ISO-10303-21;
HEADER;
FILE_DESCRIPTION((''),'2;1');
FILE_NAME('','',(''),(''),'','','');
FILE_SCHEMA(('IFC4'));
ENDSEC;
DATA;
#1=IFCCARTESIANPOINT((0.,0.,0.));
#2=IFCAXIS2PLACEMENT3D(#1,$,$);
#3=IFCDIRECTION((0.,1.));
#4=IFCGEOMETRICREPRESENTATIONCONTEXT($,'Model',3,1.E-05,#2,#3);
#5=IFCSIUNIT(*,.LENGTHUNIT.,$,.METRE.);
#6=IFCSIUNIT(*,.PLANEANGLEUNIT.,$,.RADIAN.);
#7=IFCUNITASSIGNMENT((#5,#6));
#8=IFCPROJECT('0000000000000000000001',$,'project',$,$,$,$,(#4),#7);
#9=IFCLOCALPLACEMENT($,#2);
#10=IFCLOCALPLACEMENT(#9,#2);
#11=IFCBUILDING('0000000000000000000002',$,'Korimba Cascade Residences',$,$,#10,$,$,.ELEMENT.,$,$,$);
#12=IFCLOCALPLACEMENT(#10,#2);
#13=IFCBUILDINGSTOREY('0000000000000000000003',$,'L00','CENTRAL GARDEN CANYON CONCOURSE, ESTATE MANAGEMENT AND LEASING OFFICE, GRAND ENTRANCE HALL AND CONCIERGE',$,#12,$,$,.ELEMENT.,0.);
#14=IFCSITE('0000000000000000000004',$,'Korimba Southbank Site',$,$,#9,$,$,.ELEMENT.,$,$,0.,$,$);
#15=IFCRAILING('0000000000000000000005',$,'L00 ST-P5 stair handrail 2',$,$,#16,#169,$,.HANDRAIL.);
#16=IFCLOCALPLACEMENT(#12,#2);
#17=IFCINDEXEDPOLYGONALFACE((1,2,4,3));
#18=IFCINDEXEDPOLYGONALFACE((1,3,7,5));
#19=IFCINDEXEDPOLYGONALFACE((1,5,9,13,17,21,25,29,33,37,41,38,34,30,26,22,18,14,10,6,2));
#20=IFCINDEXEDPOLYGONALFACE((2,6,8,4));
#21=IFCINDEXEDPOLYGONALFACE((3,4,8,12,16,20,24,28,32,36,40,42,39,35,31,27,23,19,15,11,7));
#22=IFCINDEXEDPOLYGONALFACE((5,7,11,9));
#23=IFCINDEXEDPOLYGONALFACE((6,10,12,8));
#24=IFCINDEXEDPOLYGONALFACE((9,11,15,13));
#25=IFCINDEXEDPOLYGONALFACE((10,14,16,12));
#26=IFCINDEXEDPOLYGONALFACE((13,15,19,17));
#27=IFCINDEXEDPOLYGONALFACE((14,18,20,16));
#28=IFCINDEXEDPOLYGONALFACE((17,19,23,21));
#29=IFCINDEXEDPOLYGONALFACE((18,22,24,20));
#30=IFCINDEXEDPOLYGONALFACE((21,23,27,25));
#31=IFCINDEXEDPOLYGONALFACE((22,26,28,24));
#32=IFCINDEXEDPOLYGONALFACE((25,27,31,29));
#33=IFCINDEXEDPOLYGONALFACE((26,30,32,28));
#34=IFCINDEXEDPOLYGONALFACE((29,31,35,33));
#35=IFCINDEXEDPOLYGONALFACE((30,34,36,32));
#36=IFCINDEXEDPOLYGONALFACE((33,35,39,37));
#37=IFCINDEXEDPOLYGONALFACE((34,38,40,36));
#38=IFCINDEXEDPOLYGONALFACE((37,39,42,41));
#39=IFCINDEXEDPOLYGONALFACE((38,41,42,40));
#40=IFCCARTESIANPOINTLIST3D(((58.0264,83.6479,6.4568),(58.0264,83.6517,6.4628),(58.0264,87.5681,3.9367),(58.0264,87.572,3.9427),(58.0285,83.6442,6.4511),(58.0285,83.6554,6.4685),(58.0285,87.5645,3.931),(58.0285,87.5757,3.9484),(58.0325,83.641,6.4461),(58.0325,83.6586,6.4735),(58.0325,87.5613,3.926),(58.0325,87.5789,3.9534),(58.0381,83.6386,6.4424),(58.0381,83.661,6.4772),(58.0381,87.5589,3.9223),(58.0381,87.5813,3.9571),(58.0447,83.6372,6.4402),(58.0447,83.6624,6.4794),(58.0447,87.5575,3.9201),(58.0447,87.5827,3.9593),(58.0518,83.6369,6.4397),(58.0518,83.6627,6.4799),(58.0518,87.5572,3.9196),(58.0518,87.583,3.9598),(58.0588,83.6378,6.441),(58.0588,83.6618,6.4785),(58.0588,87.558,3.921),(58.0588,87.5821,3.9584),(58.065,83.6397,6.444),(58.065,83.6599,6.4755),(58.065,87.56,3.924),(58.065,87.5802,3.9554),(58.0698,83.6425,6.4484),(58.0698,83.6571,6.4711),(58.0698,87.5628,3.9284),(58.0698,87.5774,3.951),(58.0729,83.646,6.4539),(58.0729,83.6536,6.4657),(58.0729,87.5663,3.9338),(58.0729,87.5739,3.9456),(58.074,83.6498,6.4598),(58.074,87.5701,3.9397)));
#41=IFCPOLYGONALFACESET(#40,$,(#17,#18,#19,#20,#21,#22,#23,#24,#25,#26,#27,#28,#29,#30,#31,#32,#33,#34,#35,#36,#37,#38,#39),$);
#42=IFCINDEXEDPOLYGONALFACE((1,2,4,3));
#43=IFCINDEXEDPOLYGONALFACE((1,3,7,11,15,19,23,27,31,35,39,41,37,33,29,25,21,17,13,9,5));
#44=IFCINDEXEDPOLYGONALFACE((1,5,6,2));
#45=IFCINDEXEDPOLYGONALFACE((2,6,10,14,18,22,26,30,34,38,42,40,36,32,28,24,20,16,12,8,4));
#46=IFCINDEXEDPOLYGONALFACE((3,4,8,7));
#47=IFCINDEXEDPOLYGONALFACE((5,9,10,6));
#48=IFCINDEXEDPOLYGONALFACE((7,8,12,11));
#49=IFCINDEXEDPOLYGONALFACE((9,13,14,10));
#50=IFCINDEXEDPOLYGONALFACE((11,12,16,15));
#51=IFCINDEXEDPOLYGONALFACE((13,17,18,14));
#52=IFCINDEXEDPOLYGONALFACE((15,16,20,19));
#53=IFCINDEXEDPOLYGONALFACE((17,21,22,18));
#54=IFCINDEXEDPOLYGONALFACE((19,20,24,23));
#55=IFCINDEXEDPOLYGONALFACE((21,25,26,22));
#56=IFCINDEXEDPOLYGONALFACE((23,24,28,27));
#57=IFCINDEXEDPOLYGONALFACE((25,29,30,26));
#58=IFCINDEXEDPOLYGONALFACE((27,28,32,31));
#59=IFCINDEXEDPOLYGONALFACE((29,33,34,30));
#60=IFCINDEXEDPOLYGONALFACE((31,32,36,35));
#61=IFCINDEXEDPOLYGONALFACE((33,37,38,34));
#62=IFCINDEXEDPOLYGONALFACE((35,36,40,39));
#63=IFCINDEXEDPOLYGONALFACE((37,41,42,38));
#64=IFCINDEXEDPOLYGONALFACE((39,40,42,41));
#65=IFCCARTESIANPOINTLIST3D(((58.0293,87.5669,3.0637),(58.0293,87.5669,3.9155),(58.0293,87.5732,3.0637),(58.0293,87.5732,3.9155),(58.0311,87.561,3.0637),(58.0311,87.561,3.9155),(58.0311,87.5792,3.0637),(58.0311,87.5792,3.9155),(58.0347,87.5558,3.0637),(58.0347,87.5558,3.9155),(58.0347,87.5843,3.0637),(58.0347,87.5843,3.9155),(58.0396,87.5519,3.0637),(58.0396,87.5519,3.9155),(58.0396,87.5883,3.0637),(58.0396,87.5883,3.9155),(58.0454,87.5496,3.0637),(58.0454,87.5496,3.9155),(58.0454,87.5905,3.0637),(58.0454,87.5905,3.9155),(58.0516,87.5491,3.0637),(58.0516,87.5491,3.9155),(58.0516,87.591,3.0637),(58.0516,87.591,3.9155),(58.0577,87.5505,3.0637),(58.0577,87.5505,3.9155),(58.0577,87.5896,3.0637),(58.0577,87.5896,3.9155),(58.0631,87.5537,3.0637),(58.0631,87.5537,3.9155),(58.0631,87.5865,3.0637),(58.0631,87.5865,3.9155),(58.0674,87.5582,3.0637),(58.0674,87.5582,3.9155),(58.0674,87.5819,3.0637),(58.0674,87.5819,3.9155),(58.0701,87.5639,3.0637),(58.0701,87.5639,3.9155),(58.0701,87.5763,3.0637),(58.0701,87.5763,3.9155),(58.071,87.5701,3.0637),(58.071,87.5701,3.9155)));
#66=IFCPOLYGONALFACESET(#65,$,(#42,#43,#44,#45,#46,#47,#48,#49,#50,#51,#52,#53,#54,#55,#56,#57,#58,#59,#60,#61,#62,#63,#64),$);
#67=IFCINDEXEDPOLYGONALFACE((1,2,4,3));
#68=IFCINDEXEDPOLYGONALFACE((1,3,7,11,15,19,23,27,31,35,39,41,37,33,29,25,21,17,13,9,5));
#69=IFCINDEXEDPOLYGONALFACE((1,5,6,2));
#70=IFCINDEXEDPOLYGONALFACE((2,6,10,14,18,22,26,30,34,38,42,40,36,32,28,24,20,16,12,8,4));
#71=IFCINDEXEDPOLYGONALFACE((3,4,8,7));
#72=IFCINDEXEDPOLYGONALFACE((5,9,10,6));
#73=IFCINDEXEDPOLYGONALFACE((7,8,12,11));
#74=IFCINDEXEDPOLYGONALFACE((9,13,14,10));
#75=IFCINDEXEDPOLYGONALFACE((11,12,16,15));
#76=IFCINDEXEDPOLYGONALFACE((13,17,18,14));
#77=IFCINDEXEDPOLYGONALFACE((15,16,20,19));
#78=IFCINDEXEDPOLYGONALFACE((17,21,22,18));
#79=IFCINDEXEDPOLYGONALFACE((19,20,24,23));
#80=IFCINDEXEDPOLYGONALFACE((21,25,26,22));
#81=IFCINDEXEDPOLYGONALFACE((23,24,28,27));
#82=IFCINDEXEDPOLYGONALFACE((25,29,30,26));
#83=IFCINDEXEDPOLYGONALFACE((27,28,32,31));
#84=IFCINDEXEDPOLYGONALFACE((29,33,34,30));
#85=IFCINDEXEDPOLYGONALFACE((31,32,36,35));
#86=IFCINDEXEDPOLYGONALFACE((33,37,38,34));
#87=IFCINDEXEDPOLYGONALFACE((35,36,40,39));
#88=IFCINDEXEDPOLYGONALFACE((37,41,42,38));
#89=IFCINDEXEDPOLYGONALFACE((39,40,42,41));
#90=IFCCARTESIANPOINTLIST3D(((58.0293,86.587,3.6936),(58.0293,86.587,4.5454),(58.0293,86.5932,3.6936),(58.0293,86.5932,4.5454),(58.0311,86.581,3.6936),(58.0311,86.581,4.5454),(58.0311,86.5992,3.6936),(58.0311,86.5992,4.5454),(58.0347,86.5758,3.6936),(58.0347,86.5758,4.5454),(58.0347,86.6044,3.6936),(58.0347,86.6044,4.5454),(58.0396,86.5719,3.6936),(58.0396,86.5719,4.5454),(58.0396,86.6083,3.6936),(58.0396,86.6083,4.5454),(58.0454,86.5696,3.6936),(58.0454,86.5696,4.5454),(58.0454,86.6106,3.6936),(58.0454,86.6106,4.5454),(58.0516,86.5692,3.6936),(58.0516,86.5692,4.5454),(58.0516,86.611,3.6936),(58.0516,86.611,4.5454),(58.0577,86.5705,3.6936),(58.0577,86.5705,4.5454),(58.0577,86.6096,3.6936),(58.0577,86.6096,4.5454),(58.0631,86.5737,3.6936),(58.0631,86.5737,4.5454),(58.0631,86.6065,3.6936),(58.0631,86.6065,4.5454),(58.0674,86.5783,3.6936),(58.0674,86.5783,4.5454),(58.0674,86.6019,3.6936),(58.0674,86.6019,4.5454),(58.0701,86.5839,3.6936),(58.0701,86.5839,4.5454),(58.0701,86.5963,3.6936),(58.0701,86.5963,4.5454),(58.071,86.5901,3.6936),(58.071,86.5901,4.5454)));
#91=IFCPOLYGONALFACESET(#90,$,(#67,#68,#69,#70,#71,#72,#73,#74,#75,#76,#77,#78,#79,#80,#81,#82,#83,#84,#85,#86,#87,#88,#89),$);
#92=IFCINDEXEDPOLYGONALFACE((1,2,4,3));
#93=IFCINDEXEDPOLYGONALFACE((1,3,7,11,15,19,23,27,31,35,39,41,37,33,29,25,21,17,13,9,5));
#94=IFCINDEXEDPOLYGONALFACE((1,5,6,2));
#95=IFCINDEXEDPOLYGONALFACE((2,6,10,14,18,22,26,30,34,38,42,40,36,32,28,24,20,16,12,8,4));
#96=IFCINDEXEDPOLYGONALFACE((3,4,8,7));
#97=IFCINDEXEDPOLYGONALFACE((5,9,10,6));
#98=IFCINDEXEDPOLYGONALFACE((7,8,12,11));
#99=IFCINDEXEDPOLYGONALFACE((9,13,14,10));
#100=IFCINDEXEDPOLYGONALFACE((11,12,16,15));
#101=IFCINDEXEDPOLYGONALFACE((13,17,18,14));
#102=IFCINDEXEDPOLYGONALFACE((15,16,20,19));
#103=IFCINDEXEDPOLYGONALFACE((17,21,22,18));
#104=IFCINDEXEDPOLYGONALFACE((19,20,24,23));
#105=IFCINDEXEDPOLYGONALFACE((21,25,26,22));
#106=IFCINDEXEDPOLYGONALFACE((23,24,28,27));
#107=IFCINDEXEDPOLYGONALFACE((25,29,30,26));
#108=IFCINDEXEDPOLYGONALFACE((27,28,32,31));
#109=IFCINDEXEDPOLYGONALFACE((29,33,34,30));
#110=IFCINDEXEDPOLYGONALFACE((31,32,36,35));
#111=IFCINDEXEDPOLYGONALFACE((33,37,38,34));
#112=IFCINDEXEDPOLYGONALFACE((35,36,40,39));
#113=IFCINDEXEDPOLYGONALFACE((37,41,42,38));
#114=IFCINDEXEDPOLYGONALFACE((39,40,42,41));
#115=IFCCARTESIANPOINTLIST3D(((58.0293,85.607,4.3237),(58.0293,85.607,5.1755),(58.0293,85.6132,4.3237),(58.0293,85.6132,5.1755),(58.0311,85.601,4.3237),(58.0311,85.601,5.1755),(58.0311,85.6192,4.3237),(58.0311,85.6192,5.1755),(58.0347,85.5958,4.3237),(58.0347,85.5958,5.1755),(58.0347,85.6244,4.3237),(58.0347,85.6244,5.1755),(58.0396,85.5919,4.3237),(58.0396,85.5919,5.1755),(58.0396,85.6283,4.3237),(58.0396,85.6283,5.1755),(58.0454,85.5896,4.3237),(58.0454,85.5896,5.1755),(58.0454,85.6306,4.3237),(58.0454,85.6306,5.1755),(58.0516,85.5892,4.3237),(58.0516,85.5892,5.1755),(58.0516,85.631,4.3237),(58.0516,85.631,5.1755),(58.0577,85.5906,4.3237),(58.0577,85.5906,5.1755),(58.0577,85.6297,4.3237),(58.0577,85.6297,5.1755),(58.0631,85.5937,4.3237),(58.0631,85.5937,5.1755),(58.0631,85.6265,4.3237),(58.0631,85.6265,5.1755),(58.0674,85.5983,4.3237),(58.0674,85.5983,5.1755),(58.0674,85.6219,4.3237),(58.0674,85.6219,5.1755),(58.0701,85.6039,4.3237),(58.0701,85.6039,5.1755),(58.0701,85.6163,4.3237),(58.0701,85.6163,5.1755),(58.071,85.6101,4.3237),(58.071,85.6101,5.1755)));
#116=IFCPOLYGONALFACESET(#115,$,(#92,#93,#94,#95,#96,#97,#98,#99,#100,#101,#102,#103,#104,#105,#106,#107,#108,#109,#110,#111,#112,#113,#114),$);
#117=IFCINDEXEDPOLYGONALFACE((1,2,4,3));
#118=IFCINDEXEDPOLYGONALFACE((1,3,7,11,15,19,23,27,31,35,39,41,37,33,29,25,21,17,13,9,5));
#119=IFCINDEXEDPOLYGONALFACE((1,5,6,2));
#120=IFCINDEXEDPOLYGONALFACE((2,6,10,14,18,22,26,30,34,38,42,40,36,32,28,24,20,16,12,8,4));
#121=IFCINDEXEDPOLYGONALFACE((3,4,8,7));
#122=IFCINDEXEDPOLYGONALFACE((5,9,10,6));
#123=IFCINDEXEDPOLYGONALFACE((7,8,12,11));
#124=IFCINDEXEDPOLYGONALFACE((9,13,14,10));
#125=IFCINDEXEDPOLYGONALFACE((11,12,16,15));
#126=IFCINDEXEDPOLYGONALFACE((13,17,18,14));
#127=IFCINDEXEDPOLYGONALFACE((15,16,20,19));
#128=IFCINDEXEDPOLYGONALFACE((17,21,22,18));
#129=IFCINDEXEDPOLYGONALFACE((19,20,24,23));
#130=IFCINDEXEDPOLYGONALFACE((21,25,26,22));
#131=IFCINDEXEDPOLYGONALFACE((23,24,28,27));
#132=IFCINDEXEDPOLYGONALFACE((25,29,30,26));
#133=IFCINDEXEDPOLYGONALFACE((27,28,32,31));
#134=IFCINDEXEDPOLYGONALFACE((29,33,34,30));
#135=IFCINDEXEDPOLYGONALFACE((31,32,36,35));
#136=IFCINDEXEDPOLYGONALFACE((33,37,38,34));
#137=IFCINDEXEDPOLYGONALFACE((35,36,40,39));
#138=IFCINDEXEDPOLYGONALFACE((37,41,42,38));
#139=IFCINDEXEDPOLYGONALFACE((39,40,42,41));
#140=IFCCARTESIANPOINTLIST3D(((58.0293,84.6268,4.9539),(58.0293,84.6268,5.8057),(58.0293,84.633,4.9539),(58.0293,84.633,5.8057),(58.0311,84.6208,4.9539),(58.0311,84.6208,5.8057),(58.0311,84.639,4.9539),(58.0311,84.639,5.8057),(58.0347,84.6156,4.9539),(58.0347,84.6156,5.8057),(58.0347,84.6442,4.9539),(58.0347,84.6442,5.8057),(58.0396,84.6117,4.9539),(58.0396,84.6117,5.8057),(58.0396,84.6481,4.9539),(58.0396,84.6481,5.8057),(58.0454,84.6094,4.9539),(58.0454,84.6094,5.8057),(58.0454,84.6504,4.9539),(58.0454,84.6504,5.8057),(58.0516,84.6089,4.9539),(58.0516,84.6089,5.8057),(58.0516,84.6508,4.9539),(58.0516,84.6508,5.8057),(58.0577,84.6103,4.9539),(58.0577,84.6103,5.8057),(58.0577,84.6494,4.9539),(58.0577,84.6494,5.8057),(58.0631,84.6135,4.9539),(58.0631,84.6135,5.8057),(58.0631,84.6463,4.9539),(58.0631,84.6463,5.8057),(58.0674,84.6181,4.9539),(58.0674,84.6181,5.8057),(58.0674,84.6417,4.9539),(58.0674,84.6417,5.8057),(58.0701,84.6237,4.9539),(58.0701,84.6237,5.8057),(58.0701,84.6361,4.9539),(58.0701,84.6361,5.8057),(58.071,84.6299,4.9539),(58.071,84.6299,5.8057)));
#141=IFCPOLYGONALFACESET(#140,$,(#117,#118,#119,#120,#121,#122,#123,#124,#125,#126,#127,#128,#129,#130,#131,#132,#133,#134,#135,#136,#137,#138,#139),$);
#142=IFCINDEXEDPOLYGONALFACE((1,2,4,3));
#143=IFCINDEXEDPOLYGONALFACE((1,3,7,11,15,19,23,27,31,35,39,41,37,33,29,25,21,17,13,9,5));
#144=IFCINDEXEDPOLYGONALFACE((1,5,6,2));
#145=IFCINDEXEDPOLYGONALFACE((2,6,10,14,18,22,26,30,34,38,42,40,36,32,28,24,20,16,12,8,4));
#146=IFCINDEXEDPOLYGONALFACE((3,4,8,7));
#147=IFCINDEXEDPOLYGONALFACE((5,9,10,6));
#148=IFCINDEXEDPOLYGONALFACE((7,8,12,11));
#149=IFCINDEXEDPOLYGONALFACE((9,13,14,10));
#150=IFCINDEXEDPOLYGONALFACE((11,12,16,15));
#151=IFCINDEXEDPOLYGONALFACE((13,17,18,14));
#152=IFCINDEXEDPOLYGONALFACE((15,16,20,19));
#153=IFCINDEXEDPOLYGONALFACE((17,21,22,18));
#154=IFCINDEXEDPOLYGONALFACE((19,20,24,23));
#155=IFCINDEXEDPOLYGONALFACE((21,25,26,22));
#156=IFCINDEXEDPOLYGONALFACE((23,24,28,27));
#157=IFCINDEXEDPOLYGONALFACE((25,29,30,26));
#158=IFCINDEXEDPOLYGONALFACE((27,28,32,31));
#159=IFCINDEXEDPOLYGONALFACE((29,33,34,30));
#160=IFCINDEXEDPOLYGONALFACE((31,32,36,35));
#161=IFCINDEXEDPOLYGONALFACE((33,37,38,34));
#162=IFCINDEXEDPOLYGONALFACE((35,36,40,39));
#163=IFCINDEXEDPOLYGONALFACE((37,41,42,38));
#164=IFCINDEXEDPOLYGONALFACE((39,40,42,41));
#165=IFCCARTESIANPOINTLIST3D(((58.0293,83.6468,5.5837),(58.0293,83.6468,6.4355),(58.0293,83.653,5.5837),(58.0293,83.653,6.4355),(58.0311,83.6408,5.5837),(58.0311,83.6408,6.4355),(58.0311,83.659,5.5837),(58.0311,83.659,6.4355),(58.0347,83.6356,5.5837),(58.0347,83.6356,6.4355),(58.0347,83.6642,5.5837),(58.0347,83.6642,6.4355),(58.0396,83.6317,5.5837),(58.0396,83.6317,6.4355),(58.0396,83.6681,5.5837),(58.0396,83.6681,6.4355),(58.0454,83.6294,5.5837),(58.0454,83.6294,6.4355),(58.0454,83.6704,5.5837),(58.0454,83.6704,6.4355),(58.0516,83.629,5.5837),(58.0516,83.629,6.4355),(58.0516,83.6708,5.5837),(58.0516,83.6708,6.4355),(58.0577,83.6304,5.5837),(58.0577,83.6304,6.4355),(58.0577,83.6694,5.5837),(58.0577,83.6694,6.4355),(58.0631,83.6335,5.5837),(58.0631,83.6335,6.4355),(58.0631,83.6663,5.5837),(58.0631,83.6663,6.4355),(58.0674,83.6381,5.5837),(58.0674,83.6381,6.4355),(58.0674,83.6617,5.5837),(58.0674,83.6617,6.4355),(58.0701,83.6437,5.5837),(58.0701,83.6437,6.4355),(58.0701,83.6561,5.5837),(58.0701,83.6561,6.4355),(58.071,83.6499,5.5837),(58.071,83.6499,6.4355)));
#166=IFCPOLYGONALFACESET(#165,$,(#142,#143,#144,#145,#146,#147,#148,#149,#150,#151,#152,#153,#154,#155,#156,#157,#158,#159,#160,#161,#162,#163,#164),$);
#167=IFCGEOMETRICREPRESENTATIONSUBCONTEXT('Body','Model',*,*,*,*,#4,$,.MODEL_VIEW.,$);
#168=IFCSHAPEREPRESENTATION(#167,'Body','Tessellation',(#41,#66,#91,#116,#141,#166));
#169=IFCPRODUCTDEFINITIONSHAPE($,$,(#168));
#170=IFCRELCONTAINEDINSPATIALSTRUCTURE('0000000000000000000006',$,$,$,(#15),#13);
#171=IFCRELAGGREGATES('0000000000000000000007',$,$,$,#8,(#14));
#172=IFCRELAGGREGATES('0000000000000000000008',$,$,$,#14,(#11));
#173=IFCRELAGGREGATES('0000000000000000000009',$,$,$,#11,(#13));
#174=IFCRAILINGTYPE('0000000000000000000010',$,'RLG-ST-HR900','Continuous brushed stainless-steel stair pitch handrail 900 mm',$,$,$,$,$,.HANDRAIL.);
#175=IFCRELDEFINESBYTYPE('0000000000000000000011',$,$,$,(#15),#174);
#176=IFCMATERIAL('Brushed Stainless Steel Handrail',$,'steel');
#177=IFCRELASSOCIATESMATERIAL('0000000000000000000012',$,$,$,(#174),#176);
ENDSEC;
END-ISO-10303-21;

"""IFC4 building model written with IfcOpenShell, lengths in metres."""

from ifc_helpers import new_model, si_unit, direction, frame, origin, origin_2d, place, context, subcontext, project, spatial, circle, extrude, material, type_object, element, save


model = new_model("IFC4")

# Units and contexts
model_context = context("Model", 3, precision=1e-05, world=origin(), true_north=direction((0.0, 1.0)))
body_context = subcontext(model_context, "Body", "Model", "MODEL_VIEW")
ifc_project = project(units=[si_unit("LENGTHUNIT", "METRE"), si_unit("PLANEANGLEUNIT", "RADIAN")], contexts=[model_context])

# Site, building, storey
site_placement = place(None, origin())
site = spatial("IfcSite", under=ifc_project, at=site_placement, Name="Korimba Southbank Site", CompositionType="ELEMENT", RefElevation=0.0)
building_placement = place(site_placement, origin())
building = spatial("IfcBuilding", under=site, at=building_placement, Name="Korimba Cascade Residences", CompositionType="ELEMENT")
storey_placement = place(building_placement, origin())
storey = spatial("IfcBuildingStorey", under=building, at=storey_placement, Name="L00", Description="CENTRAL GARDEN CANYON CONCOURSE, ESTATE MANAGEMENT AND LEASING OFFICE, GRAND ENTRANCE HALL AND CONCIERGE", CompositionType="ELEMENT", Elevation=0.0)

# Railing
ifc_material_1 = material(Name="Brushed Stainless Steel Handrail", Category="steel")
railing_type_1 = type_object("IfcRailingType", Name="RLG-ST-HR900", Description="Continuous brushed stainless-steel stair pitch handrail 900 mm", PredefinedType="HANDRAIL", material=ifc_material_1)
railing_1_placement = place(storey_placement, frame((58.05, 87.5701, 3.0637)))
element("IfcRailing", 1, at=railing_1_placement, inside=storey, type_object=railing_type_1, Name="L00 ST-P5 stair handrail 2", PredefinedType="HANDRAIL", context=body_context, shape_type="SweptSolid", body=[
    extrude(circle(Radius=0.0239, at=origin_2d()), frame((0.0, 0.0, 0.876), z_axis=(0.0, -0.841187, 0.540744), x_axis=(1.0, 0.0, 0.0)), (0.0, 0.0, 1.0), 4.6604),
    extrude(circle(Radius=0.021, at=origin_2d()), origin(), (0.0, 0.0, 1.0), 0.8518),
    extrude(circle(Radius=0.021, at=origin_2d()), frame((0.0, -0.98, 0.6299)), (0.0, 0.0, 1.0), 0.8518),
    extrude(circle(Radius=0.021, at=origin_2d()), frame((0.0, -1.96, 1.26)), (0.0, 0.0, 1.0), 0.8518),
    extrude(circle(Radius=0.021, at=origin_2d()), frame((0.0, -2.9402, 1.8901)), (0.0, 0.0, 1.0), 0.8518),
    extrude(circle(Radius=0.021, at=origin_2d()), frame((0.0, -3.9202, 2.52)), (0.0, 0.0, 1.0), 0.8518),
])

save(model, "model.ifc")
